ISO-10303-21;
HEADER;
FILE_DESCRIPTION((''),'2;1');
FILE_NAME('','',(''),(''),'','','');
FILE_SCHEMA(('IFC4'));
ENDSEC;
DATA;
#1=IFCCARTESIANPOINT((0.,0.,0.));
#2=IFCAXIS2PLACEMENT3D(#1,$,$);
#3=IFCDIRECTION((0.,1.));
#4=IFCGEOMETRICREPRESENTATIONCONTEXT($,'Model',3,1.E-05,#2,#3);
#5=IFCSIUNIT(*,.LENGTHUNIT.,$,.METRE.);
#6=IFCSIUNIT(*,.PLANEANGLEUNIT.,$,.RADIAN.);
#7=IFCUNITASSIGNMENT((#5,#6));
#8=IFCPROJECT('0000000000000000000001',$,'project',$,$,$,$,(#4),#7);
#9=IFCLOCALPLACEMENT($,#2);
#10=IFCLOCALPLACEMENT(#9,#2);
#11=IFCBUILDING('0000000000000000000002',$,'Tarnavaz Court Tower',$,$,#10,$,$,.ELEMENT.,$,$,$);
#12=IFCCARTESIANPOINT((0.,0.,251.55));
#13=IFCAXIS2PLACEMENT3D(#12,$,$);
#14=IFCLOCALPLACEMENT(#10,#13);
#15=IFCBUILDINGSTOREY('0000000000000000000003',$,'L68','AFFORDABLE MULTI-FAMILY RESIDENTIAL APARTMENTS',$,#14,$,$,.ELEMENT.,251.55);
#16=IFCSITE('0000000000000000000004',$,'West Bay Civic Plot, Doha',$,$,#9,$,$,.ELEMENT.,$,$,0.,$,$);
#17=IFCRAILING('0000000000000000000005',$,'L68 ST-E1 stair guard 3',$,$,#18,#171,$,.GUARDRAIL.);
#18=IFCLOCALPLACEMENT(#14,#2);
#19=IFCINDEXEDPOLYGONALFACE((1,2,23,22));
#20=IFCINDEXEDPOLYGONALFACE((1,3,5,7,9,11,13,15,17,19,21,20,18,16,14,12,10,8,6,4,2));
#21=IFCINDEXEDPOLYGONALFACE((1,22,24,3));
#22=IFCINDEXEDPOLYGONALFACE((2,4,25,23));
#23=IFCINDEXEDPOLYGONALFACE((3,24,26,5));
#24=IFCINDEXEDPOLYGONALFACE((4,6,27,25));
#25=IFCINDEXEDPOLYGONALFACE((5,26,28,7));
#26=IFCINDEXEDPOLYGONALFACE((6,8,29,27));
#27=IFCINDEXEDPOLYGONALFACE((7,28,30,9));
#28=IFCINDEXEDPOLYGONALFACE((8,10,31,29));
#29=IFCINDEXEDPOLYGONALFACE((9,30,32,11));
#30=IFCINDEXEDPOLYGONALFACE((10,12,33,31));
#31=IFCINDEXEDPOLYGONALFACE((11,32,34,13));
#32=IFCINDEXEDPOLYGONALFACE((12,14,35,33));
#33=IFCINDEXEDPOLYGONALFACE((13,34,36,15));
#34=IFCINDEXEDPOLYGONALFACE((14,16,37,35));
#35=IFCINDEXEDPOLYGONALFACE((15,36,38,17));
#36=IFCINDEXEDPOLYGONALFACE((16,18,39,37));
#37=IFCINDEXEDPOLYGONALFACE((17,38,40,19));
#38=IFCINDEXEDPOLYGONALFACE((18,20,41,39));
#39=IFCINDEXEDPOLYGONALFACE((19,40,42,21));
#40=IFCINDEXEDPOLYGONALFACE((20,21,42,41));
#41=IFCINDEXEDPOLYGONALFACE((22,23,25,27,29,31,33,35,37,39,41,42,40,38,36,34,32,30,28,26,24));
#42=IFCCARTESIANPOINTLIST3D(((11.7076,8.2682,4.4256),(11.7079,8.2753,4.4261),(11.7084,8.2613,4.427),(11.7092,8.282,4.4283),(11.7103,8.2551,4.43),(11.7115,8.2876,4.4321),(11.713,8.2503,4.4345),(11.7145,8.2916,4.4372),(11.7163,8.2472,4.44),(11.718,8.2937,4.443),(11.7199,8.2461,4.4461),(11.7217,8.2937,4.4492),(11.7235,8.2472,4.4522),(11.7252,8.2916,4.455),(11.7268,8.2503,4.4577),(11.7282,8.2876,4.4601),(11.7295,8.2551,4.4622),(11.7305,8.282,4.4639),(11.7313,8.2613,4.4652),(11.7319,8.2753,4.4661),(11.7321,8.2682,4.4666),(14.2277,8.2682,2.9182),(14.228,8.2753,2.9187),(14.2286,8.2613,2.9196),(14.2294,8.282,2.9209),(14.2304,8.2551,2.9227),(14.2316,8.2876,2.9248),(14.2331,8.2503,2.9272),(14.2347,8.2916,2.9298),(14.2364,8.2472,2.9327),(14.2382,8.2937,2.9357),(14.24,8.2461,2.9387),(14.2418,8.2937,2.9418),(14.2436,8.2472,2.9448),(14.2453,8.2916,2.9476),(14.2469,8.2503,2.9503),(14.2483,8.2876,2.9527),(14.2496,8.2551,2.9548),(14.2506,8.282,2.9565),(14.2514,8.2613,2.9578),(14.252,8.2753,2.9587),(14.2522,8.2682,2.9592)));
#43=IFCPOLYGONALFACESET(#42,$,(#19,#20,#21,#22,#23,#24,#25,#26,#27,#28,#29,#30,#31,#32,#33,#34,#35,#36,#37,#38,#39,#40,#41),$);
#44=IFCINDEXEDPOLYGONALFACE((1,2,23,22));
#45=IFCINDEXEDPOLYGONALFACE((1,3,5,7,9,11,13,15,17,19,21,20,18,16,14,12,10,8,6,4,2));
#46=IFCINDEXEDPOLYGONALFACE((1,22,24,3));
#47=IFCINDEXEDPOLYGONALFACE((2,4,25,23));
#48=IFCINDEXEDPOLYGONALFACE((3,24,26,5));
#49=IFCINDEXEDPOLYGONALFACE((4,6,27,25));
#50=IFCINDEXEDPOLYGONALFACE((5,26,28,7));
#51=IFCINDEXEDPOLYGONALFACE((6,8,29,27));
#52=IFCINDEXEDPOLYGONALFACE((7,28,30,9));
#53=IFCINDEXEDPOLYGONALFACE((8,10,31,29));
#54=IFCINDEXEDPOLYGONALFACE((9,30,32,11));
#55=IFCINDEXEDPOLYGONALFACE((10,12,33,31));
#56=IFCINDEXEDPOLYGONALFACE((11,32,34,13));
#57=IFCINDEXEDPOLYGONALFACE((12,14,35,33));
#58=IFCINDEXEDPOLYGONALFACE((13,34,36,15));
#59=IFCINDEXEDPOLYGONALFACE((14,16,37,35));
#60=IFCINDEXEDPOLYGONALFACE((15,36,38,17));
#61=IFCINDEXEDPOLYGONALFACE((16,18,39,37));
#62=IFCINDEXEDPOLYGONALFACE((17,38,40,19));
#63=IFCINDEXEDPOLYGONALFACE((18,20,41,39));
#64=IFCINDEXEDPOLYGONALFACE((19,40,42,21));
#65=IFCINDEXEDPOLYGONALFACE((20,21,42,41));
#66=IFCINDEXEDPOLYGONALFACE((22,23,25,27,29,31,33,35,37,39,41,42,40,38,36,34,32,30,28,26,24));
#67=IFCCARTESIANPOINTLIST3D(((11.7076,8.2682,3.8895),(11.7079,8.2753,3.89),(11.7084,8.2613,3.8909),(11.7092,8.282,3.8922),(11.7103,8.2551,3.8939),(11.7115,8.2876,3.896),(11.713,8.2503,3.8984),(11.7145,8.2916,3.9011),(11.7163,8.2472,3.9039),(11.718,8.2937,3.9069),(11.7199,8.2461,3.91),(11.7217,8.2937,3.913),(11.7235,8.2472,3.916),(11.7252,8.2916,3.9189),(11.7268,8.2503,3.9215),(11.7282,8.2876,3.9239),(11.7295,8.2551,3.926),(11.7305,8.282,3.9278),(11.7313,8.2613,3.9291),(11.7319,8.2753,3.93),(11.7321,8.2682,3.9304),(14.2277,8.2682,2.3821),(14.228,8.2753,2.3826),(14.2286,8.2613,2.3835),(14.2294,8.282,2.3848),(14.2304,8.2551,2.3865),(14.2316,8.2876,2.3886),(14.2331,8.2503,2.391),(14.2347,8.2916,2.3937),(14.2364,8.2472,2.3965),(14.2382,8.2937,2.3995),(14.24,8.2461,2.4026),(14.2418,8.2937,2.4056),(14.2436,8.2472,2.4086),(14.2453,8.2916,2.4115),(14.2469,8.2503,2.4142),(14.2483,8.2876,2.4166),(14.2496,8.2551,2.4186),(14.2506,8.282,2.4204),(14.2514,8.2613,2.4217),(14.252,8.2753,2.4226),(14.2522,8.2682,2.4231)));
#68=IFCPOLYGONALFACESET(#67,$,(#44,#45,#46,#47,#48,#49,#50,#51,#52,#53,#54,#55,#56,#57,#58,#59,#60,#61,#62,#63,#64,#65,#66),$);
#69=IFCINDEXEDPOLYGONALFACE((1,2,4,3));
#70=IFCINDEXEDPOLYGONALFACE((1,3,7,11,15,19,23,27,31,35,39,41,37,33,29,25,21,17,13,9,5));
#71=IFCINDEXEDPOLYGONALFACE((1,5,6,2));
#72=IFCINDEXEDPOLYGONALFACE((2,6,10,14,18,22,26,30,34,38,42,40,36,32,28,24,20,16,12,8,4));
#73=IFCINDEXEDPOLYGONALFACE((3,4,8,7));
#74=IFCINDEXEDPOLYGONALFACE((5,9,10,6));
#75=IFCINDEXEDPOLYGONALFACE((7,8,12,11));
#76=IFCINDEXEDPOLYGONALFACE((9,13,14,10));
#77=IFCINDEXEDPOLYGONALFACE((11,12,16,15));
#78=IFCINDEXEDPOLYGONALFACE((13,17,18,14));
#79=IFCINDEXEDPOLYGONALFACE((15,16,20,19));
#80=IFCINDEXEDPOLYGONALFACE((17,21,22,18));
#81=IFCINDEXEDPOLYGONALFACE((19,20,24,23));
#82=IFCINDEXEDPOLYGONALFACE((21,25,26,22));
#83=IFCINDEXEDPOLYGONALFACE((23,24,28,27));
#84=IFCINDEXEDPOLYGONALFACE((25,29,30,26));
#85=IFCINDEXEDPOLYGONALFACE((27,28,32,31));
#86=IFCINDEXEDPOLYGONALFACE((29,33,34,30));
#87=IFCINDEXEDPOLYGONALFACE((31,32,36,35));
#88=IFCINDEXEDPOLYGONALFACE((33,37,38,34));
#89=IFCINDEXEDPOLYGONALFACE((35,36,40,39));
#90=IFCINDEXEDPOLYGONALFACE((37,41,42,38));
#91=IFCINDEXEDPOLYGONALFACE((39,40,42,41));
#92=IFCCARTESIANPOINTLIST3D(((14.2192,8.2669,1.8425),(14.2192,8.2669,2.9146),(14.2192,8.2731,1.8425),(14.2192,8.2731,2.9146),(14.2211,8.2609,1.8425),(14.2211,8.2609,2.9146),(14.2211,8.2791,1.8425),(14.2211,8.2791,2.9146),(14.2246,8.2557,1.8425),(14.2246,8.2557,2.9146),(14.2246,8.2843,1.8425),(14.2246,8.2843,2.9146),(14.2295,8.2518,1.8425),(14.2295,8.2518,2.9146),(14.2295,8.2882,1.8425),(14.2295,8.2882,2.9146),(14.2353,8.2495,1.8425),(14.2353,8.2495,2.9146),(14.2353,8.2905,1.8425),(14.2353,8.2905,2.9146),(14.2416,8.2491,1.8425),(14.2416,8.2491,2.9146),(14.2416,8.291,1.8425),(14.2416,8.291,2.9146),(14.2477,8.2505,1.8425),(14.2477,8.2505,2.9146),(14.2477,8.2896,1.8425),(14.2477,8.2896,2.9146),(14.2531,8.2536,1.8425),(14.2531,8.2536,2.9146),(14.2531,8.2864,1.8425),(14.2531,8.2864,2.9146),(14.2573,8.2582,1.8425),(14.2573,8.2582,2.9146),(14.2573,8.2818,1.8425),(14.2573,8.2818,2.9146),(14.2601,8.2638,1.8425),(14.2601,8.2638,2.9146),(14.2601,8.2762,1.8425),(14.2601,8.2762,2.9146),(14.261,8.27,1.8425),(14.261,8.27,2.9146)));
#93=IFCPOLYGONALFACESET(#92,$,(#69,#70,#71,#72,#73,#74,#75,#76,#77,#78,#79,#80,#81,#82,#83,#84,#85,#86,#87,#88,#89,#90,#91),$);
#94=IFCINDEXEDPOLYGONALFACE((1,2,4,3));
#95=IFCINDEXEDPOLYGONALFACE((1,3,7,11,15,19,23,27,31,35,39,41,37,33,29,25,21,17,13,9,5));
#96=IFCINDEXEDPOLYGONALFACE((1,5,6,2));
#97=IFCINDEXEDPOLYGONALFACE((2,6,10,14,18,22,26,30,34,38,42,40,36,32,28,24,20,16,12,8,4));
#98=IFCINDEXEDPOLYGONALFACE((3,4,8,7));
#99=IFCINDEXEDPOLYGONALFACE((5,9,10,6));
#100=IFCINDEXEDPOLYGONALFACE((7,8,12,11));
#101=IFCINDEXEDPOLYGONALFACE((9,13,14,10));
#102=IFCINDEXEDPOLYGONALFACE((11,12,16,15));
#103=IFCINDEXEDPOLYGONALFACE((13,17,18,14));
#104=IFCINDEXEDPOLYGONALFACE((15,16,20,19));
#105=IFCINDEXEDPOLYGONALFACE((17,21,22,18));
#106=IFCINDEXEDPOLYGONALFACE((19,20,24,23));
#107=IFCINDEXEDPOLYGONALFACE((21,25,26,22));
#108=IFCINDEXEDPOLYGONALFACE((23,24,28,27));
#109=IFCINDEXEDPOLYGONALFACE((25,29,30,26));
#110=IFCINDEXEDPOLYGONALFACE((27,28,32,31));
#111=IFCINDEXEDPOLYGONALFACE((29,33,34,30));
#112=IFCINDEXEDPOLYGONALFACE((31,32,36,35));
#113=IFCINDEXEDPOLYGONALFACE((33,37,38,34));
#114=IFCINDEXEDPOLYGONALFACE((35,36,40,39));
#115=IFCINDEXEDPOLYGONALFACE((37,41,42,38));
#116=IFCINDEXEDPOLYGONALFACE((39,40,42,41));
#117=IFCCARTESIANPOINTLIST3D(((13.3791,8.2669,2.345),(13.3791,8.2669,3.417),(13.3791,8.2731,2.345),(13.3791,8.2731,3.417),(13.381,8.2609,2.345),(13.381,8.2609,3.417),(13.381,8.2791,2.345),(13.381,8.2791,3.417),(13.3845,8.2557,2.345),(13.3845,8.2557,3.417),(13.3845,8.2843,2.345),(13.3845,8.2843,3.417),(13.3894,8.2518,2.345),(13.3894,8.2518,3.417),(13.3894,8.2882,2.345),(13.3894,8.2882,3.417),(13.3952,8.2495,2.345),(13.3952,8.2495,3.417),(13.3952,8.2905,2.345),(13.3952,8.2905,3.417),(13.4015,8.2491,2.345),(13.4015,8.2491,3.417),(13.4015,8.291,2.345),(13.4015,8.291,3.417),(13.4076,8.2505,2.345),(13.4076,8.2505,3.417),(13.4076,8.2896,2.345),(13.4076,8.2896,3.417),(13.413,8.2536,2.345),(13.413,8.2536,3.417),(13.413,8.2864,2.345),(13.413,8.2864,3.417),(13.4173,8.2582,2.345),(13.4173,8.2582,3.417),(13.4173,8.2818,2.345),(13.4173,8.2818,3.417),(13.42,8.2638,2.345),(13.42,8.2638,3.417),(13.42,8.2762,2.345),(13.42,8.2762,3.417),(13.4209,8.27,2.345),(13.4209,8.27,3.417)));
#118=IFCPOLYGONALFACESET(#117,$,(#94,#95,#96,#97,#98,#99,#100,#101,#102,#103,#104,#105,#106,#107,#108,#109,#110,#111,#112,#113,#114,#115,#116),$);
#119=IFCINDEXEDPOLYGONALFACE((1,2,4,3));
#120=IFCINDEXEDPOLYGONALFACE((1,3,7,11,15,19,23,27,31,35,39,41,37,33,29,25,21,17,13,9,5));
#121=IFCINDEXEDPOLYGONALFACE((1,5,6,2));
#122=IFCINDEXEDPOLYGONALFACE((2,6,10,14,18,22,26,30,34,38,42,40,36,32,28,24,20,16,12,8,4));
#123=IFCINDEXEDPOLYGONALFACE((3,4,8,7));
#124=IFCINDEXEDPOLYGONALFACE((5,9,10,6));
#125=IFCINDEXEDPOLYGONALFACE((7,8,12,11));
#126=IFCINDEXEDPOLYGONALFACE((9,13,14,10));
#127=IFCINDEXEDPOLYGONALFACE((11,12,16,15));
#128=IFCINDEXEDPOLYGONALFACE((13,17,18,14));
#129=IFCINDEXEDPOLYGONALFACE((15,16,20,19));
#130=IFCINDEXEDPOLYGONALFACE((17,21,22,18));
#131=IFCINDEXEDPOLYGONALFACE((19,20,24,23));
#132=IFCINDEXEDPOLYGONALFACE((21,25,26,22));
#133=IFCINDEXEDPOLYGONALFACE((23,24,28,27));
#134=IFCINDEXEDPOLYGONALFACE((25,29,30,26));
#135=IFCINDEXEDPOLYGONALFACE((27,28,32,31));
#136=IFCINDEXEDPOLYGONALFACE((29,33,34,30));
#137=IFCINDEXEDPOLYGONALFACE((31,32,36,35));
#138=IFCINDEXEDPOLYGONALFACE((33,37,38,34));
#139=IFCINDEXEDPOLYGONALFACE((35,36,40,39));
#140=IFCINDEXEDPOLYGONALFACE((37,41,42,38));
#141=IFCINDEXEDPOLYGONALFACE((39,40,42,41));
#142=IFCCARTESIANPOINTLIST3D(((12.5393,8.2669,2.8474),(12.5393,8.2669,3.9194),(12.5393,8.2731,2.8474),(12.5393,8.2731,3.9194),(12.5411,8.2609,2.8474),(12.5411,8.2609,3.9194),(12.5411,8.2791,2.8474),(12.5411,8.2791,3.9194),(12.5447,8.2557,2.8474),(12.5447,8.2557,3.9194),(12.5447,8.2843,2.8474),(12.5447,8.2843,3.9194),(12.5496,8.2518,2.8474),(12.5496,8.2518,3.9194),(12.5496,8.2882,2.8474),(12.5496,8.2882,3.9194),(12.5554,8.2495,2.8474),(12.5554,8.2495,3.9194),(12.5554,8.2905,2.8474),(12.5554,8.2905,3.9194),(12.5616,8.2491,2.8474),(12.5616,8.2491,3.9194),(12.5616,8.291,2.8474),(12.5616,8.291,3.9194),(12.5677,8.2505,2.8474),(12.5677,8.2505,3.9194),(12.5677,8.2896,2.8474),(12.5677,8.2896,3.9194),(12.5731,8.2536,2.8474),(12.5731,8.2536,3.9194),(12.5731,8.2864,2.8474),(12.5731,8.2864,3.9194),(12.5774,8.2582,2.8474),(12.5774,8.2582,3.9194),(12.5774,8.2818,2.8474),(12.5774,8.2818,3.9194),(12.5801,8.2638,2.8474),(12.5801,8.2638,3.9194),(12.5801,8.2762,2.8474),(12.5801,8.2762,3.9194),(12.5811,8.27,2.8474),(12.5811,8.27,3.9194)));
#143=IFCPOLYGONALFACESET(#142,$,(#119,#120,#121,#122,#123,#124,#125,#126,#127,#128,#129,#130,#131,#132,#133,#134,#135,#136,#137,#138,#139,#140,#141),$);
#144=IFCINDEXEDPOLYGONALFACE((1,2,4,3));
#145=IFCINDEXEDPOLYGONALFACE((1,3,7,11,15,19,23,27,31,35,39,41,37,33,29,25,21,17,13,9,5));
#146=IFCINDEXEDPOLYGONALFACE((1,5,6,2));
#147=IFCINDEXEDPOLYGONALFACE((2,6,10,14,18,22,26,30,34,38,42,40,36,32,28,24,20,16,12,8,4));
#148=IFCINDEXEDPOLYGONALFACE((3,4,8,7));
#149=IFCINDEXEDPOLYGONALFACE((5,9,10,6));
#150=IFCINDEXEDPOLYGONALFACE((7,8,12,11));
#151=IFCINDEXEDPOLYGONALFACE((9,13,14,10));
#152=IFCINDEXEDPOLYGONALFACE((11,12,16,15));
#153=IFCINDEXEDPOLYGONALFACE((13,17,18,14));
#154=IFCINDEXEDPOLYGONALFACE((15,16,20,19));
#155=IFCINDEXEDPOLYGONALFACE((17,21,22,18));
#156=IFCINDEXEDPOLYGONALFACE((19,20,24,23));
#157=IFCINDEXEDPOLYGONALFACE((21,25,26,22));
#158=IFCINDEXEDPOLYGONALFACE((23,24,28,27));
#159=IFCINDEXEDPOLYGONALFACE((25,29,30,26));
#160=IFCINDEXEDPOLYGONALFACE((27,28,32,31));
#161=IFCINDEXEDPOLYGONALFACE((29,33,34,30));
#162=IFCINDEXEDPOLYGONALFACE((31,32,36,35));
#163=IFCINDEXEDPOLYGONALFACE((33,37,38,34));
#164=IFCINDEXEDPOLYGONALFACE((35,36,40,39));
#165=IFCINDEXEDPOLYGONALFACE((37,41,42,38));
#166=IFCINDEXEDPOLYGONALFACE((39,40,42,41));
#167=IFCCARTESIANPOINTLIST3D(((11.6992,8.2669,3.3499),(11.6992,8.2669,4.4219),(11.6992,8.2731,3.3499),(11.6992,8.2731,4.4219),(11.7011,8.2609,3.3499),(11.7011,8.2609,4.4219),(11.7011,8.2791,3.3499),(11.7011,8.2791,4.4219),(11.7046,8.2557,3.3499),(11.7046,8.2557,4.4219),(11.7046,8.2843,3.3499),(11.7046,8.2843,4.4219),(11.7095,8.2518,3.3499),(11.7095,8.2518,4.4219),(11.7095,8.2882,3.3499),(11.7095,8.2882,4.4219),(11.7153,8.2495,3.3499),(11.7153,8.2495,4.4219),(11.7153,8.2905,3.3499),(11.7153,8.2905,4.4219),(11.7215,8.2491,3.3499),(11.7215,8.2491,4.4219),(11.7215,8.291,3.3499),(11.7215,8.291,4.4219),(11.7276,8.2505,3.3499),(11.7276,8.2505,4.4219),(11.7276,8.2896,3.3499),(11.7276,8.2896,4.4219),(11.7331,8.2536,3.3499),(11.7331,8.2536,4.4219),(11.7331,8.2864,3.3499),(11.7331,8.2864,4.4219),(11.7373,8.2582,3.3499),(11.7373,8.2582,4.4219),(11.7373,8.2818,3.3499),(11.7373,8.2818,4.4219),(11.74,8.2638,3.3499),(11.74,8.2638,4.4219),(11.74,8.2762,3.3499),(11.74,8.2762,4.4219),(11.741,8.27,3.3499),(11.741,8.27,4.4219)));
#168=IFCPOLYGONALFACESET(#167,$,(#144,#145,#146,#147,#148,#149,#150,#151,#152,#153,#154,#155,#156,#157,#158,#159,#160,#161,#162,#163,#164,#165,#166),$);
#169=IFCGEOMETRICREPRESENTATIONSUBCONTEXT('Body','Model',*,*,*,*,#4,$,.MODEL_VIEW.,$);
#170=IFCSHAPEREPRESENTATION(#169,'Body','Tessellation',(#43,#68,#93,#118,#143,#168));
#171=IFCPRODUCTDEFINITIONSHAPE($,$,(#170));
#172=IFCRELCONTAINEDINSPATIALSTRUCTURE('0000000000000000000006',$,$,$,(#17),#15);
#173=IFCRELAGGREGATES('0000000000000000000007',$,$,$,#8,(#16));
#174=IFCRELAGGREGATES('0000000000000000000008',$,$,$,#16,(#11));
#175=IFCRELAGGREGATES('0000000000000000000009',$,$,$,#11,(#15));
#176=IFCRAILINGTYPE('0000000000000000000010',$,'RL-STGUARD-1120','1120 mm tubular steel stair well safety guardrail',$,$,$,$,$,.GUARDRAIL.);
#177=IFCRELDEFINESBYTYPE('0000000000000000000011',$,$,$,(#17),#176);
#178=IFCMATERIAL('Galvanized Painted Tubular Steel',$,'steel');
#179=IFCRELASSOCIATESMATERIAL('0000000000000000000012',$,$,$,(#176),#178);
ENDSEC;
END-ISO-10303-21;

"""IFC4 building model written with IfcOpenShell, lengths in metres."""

from ifc_helpers import new_model, si_unit, direction, frame, origin, origin_2d, place, context, subcontext, project, spatial, circle, extrude, material, type_object, element, save


model = new_model("IFC4")

# Units and contexts
model_context = context("Model", 3, precision=1e-05, world=origin(), true_north=direction((0.0, 1.0)))
body_context = subcontext(model_context, "Body", "Model", "MODEL_VIEW")
ifc_project = project(units=[si_unit("LENGTHUNIT", "METRE"), si_unit("PLANEANGLEUNIT", "RADIAN")], contexts=[model_context])

# Site, building, storey
site_placement = place(None, origin())
site = spatial("IfcSite", under=ifc_project, at=site_placement, Name="West Bay Civic Plot, Doha", CompositionType="ELEMENT", RefElevation=0.0)
building_placement = place(site_placement, origin())
building = spatial("IfcBuilding", under=site, at=building_placement, Name="Tarnavaz Court Tower", CompositionType="ELEMENT")
storey_placement = place(building_placement, frame((0.0, 0.0, 251.55)))
storey = spatial("IfcBuildingStorey", under=building, at=storey_placement, Name="L68", Description="AFFORDABLE MULTI-FAMILY RESIDENTIAL APARTMENTS", CompositionType="ELEMENT", Elevation=251.55)

# Railing
ifc_material_1 = material(Name="Galvanized Painted Tubular Steel", Category="steel")
railing_type_1 = type_object("IfcRailingType", Name="RL-STGUARD-1120", Description="1120 mm tubular steel stair well safety guardrail", PredefinedType="GUARDRAIL", material=ifc_material_1)
railing_1_placement = place(storey_placement, frame((14.24, 8.27, 1.8425)))
element("IfcRailing", 1, at=railing_1_placement, inside=storey, type_object=railing_type_1, Name="L68 ST-E1 stair guard 3", PredefinedType="GUARDRAIL", context=body_context, shape_type="SweptSolid", body=[
    extrude(circle(Radius=0.0239, at=origin_2d()), frame((0.0, 0.0, 1.0962), z_axis=(-0.858196, 0.0, 0.513321), x_axis=(0.0, -1.0, 0.0)), (0.0, 0.0, 1.0), 2.9365),
    extrude(circle(Radius=0.0239, at=origin_2d()), frame((0.0, 0.0, 0.5601), z_axis=(-0.858196, 0.0, 0.513321), x_axis=(0.0, -1.0, 0.0)), (0.0, 0.0, 1.0), 2.9365),
    extrude(circle(Radius=0.021, at=origin_2d()), origin(), (0.0, 0.0, 1.0), 1.072),
    extrude(circle(Radius=0.021, at=origin_2d()), frame((-0.8401, 0.0, 0.5024)), (0.0, 0.0, 1.0), 1.072),
    extrude(circle(Radius=0.021, at=origin_2d()), frame((-1.6799, 0.0, 1.0049)), (0.0, 0.0, 1.0), 1.072),
    extrude(circle(Radius=0.021, at=origin_2d()), frame((-2.52, 0.0, 1.5073)), (0.0, 0.0, 1.0), 1.072),
])

save(model, "model.ifc")
